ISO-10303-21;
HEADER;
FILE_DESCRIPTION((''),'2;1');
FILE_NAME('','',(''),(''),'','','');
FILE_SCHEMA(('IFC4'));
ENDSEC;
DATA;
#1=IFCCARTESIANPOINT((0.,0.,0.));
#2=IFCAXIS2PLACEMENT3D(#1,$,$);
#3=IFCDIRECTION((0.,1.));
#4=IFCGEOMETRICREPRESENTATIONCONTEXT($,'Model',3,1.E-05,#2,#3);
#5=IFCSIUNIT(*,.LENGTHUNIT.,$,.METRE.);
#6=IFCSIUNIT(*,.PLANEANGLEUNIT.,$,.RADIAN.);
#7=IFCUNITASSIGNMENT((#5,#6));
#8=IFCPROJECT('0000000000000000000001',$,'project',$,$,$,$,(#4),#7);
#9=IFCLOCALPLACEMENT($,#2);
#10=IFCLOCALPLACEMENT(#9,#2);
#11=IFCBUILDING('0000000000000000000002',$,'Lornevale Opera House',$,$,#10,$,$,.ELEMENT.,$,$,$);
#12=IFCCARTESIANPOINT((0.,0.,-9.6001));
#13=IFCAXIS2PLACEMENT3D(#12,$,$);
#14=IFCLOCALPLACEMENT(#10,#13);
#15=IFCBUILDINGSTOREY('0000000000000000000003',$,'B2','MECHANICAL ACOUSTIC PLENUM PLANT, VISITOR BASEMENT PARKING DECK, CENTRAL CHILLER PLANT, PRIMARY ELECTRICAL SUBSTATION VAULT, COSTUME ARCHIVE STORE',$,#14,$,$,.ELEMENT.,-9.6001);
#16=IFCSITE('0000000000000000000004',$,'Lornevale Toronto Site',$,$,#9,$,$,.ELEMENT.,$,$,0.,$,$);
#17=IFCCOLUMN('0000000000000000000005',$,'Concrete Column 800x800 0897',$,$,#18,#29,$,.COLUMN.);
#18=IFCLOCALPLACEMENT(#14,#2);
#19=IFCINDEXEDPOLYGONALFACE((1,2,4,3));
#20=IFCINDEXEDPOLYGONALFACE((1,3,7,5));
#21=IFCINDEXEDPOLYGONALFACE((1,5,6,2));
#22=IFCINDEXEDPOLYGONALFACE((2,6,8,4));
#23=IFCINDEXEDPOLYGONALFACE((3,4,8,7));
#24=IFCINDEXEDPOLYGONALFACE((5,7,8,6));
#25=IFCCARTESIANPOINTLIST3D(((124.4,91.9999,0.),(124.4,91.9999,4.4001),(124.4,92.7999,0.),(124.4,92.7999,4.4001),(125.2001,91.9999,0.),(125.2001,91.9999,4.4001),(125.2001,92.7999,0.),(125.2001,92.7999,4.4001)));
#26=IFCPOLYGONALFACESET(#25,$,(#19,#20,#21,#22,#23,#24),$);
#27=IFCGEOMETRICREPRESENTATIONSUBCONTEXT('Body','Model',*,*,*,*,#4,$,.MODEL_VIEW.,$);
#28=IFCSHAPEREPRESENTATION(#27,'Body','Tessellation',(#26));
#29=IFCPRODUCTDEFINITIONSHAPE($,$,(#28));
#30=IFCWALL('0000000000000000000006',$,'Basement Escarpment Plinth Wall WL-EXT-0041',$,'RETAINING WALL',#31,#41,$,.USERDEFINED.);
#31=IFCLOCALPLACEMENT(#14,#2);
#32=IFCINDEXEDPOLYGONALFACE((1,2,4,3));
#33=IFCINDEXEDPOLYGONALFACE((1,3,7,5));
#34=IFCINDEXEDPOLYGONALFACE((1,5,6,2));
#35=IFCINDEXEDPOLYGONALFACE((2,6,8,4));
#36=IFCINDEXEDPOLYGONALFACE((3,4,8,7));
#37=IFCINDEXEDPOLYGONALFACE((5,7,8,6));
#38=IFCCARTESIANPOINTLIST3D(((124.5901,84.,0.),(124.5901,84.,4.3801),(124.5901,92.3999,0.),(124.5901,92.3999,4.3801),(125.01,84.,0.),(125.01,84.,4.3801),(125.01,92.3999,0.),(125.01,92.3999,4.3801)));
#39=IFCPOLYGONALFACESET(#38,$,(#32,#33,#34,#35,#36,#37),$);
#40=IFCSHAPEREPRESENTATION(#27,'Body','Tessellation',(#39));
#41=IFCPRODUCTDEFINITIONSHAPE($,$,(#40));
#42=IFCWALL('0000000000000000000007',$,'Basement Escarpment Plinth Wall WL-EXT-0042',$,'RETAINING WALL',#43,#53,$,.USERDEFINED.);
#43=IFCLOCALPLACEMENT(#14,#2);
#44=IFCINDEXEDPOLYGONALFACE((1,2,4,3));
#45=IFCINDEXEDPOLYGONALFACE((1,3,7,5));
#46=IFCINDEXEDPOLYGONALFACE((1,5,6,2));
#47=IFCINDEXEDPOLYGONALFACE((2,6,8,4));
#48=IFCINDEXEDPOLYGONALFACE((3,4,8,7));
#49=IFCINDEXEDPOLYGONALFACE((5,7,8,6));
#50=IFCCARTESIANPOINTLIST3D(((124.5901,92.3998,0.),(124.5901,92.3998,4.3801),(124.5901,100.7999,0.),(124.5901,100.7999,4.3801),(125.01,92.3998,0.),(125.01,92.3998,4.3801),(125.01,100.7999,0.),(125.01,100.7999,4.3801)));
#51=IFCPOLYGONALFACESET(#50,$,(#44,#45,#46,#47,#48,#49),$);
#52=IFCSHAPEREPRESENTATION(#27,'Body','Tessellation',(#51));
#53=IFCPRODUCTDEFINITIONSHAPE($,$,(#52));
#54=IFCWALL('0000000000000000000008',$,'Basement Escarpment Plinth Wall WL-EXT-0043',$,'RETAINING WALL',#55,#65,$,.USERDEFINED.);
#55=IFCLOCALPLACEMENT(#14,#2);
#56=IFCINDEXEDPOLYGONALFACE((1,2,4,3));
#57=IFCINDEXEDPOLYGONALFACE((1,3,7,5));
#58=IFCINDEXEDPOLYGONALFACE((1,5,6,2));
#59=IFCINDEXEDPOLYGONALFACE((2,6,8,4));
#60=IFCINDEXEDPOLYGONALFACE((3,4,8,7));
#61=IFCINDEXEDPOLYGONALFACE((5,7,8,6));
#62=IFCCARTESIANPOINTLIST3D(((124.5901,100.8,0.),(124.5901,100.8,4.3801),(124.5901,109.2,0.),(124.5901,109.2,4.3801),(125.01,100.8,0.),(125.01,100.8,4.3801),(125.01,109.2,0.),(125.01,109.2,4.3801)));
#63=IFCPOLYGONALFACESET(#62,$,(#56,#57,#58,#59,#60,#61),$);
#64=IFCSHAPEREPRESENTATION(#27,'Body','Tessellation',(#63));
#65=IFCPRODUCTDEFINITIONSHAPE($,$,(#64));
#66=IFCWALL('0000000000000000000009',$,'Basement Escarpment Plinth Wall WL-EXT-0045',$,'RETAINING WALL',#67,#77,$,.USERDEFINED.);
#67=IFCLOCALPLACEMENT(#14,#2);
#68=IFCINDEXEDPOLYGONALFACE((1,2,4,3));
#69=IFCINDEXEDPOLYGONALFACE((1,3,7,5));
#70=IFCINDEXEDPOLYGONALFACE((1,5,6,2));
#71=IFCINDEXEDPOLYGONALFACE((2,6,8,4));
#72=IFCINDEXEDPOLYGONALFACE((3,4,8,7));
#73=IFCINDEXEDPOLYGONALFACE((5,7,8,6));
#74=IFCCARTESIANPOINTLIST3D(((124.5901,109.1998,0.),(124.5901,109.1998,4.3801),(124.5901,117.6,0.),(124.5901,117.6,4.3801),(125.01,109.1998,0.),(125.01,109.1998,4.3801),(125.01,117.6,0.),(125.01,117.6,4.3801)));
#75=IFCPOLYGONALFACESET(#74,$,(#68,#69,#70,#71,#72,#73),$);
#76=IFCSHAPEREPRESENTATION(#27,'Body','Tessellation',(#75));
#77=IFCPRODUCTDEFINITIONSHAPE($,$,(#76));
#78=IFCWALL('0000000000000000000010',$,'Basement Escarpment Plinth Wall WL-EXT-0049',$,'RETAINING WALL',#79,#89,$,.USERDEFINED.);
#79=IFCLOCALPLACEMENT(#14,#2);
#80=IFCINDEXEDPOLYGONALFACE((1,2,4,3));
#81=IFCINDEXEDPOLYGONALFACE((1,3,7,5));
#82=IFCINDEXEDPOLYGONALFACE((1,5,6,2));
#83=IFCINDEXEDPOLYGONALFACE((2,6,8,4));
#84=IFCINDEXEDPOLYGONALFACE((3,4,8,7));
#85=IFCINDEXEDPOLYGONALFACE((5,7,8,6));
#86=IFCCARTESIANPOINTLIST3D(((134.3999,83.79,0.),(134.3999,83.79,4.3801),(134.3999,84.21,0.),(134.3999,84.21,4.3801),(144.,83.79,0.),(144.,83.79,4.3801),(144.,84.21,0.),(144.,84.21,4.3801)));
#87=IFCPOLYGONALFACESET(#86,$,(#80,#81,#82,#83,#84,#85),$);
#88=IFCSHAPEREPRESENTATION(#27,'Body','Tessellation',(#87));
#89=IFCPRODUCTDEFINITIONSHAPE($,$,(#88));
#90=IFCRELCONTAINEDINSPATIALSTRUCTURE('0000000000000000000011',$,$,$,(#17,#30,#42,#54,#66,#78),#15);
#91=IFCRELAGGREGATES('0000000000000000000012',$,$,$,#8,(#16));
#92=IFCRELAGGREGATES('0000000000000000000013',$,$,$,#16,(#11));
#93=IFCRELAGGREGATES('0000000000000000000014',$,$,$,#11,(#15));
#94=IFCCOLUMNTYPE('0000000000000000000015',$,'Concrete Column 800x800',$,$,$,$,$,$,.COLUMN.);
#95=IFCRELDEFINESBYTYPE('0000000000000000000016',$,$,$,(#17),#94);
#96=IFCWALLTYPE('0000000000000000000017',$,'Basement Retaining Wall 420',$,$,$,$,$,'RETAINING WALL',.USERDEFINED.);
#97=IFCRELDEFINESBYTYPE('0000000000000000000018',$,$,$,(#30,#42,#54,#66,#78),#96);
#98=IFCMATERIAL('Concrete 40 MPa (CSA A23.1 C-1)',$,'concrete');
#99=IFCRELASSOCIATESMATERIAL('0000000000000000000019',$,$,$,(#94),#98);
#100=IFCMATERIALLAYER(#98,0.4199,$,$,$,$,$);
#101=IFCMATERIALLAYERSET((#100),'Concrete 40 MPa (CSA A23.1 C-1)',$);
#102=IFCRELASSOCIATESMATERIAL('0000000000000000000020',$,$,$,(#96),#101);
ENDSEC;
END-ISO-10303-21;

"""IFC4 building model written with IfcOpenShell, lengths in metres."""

from ifc_helpers import new_model, si_unit, direction, frame, frame_2d, origin, origin_2d, place, context, subcontext, project, spatial, rectangle, extrude, material, layer, layer_set, material_profile, profile_set, type_object, element, save


model = new_model("IFC4")

# Units and contexts
model_context = context("Model", 3, precision=1e-05, world=origin(), true_north=direction((0.0, 1.0)))
body_context = subcontext(model_context, "Body", "Model", "MODEL_VIEW")
ifc_project = project(units=[si_unit("LENGTHUNIT", "METRE"), si_unit("PLANEANGLEUNIT", "RADIAN")], contexts=[model_context])

# Site, building, storey
site_placement = place(None, origin())
site = spatial("IfcSite", under=ifc_project, at=site_placement, Name="Lornevale Toronto Site", CompositionType="ELEMENT", RefElevation=0.0)
building_placement = place(site_placement, origin())
building = spatial("IfcBuilding", under=site, at=building_placement, Name="Lornevale Opera House", CompositionType="ELEMENT")
storey_placement = place(building_placement, frame((0.0, 0.0, -9.6001)))
storey = spatial("IfcBuildingStorey", under=building, at=storey_placement, Name="B2", Description="MECHANICAL ACOUSTIC PLENUM PLANT, VISITOR BASEMENT PARKING DECK, CENTRAL CHILLER PLANT, PRIMARY ELECTRICAL SUBSTATION VAULT, COSTUME ARCHIVE STORE", CompositionType="ELEMENT", Elevation=-9.6001)

# Shared definitions
ifc_material_1 = material(Name="Concrete 40 MPa (CSA A23.1 C-1)", Category="concrete")

# Column
ifc_material_profile_1 = material_profile(ifc_material_1, rectangle(XDim=0.8, YDim=0.8, at=origin_2d()), Name="RC800x800")
ifc_profile_set_1 = profile_set([ifc_material_profile_1], Name="Concrete 40 MPa (CSA A23.1 C-1)")
column_type_1 = type_object("IfcColumnType", Name="Concrete Column 800x800", PredefinedType="COLUMN", material=ifc_profile_set_1)
column_1_placement = place(storey_placement, frame((124.8, 92.3999, 0.0), z_axis=(0.0, 0.0, 1.0), x_axis=(1.0, 0.0, 0.0)))
element("IfcColumn", 1, at=column_1_placement, inside=storey, type_object=column_type_1, Name="Concrete Column 800x800 0897", PredefinedType="COLUMN", context=body_context, shape_type="SweptSolid", body=[
    extrude(rectangle(XDim=0.8, YDim=0.8, at=origin_2d()), origin(), (0.0, 0.0, 1.0), 4.4001),
])

# Walls
ifc_layer_1 = layer(ifc_material_1, 0.4199)
ifc_layer_set_1 = layer_set([ifc_layer_1], Name="Concrete 40 MPa (CSA A23.1 C-1)")
wall_type = type_object("IfcWallType", Name="Basement Retaining Wall 420", ElementType="RETAINING WALL", PredefinedType="USERDEFINED", material=ifc_layer_set_1)
wall_1_placement = place(storey_placement, frame((124.8, 92.3999, 0.0), z_axis=(0.0, 0.0, 1.0), x_axis=(0.0, -1.0, 0.0)))
element("IfcWall", 2, at=wall_1_placement, inside=storey, type_object=wall_type, Name="Basement Escarpment Plinth Wall WL-EXT-0041", ObjectType="RETAINING WALL", PredefinedType="USERDEFINED", context=body_context, shape_type="SweptSolid", body=[
    extrude(rectangle(XDim=8.3999, YDim=0.4199, at=frame_2d((4.2, 0.0))), origin(), (0.0, 0.0, 1.0), 4.3801),
])
wall_2_placement = place(storey_placement, frame((124.8, 100.8, 0.0), z_axis=(0.0, 0.0, 1.0), x_axis=(0.0, -1.0, 0.0)))
element("IfcWall", 3, at=wall_2_placement, inside=storey, type_object=wall_type, Name="Basement Escarpment Plinth Wall WL-EXT-0042", ObjectType="RETAINING WALL", PredefinedType="USERDEFINED", context=body_context, shape_type="SweptSolid", body=[
    extrude(rectangle(XDim=8.4001, YDim=0.4199, at=frame_2d((4.2002, 0.0))), origin(), (0.0, 0.0, 1.0), 4.3801),
])
wall_3_placement = place(storey_placement, frame((124.8, 109.2, 0.0), z_axis=(0.0, 0.0, 1.0), x_axis=(0.0, -1.0, 0.0)))
element("IfcWall", 4, at=wall_3_placement, inside=storey, type_object=wall_type, Name="Basement Escarpment Plinth Wall WL-EXT-0043", ObjectType="RETAINING WALL", PredefinedType="USERDEFINED", context=body_context, shape_type="SweptSolid", body=[
    extrude(rectangle(XDim=8.3999, YDim=0.4199, at=frame_2d((4.2, 0.0))), origin(), (0.0, 0.0, 1.0), 4.3801),
])
wall_4_placement = place(storey_placement, frame((124.8, 117.6001, 0.0), z_axis=(0.0, 0.0, 1.0), x_axis=(0.0, -1.0, 0.0)))
element("IfcWall", 5, at=wall_4_placement, inside=storey, type_object=wall_type, Name="Basement Escarpment Plinth Wall WL-EXT-0045", ObjectType="RETAINING WALL", PredefinedType="USERDEFINED", context=body_context, shape_type="SweptSolid", body=[
    extrude(rectangle(XDim=8.4001, YDim=0.4199, at=frame_2d((4.2002, 0.0))), origin(), (0.0, 0.0, 1.0), 4.3801),
])
wall_5_placement = place(storey_placement, frame((134.3999, 84.0, 0.0), z_axis=(0.0, 0.0, 1.0), x_axis=(1.0, 0.0, 0.0)))
element("IfcWall", 6, at=wall_5_placement, inside=storey, type_object=wall_type, Name="Basement Escarpment Plinth Wall WL-EXT-0049", ObjectType="RETAINING WALL", PredefinedType="USERDEFINED", context=body_context, shape_type="SweptSolid", body=[
    extrude(rectangle(XDim=9.6001, YDim=0.4199, at=frame_2d((4.8, 0.0))), origin(), (0.0, 0.0, 1.0), 4.3801),
])

save(model, "model.ifc")
